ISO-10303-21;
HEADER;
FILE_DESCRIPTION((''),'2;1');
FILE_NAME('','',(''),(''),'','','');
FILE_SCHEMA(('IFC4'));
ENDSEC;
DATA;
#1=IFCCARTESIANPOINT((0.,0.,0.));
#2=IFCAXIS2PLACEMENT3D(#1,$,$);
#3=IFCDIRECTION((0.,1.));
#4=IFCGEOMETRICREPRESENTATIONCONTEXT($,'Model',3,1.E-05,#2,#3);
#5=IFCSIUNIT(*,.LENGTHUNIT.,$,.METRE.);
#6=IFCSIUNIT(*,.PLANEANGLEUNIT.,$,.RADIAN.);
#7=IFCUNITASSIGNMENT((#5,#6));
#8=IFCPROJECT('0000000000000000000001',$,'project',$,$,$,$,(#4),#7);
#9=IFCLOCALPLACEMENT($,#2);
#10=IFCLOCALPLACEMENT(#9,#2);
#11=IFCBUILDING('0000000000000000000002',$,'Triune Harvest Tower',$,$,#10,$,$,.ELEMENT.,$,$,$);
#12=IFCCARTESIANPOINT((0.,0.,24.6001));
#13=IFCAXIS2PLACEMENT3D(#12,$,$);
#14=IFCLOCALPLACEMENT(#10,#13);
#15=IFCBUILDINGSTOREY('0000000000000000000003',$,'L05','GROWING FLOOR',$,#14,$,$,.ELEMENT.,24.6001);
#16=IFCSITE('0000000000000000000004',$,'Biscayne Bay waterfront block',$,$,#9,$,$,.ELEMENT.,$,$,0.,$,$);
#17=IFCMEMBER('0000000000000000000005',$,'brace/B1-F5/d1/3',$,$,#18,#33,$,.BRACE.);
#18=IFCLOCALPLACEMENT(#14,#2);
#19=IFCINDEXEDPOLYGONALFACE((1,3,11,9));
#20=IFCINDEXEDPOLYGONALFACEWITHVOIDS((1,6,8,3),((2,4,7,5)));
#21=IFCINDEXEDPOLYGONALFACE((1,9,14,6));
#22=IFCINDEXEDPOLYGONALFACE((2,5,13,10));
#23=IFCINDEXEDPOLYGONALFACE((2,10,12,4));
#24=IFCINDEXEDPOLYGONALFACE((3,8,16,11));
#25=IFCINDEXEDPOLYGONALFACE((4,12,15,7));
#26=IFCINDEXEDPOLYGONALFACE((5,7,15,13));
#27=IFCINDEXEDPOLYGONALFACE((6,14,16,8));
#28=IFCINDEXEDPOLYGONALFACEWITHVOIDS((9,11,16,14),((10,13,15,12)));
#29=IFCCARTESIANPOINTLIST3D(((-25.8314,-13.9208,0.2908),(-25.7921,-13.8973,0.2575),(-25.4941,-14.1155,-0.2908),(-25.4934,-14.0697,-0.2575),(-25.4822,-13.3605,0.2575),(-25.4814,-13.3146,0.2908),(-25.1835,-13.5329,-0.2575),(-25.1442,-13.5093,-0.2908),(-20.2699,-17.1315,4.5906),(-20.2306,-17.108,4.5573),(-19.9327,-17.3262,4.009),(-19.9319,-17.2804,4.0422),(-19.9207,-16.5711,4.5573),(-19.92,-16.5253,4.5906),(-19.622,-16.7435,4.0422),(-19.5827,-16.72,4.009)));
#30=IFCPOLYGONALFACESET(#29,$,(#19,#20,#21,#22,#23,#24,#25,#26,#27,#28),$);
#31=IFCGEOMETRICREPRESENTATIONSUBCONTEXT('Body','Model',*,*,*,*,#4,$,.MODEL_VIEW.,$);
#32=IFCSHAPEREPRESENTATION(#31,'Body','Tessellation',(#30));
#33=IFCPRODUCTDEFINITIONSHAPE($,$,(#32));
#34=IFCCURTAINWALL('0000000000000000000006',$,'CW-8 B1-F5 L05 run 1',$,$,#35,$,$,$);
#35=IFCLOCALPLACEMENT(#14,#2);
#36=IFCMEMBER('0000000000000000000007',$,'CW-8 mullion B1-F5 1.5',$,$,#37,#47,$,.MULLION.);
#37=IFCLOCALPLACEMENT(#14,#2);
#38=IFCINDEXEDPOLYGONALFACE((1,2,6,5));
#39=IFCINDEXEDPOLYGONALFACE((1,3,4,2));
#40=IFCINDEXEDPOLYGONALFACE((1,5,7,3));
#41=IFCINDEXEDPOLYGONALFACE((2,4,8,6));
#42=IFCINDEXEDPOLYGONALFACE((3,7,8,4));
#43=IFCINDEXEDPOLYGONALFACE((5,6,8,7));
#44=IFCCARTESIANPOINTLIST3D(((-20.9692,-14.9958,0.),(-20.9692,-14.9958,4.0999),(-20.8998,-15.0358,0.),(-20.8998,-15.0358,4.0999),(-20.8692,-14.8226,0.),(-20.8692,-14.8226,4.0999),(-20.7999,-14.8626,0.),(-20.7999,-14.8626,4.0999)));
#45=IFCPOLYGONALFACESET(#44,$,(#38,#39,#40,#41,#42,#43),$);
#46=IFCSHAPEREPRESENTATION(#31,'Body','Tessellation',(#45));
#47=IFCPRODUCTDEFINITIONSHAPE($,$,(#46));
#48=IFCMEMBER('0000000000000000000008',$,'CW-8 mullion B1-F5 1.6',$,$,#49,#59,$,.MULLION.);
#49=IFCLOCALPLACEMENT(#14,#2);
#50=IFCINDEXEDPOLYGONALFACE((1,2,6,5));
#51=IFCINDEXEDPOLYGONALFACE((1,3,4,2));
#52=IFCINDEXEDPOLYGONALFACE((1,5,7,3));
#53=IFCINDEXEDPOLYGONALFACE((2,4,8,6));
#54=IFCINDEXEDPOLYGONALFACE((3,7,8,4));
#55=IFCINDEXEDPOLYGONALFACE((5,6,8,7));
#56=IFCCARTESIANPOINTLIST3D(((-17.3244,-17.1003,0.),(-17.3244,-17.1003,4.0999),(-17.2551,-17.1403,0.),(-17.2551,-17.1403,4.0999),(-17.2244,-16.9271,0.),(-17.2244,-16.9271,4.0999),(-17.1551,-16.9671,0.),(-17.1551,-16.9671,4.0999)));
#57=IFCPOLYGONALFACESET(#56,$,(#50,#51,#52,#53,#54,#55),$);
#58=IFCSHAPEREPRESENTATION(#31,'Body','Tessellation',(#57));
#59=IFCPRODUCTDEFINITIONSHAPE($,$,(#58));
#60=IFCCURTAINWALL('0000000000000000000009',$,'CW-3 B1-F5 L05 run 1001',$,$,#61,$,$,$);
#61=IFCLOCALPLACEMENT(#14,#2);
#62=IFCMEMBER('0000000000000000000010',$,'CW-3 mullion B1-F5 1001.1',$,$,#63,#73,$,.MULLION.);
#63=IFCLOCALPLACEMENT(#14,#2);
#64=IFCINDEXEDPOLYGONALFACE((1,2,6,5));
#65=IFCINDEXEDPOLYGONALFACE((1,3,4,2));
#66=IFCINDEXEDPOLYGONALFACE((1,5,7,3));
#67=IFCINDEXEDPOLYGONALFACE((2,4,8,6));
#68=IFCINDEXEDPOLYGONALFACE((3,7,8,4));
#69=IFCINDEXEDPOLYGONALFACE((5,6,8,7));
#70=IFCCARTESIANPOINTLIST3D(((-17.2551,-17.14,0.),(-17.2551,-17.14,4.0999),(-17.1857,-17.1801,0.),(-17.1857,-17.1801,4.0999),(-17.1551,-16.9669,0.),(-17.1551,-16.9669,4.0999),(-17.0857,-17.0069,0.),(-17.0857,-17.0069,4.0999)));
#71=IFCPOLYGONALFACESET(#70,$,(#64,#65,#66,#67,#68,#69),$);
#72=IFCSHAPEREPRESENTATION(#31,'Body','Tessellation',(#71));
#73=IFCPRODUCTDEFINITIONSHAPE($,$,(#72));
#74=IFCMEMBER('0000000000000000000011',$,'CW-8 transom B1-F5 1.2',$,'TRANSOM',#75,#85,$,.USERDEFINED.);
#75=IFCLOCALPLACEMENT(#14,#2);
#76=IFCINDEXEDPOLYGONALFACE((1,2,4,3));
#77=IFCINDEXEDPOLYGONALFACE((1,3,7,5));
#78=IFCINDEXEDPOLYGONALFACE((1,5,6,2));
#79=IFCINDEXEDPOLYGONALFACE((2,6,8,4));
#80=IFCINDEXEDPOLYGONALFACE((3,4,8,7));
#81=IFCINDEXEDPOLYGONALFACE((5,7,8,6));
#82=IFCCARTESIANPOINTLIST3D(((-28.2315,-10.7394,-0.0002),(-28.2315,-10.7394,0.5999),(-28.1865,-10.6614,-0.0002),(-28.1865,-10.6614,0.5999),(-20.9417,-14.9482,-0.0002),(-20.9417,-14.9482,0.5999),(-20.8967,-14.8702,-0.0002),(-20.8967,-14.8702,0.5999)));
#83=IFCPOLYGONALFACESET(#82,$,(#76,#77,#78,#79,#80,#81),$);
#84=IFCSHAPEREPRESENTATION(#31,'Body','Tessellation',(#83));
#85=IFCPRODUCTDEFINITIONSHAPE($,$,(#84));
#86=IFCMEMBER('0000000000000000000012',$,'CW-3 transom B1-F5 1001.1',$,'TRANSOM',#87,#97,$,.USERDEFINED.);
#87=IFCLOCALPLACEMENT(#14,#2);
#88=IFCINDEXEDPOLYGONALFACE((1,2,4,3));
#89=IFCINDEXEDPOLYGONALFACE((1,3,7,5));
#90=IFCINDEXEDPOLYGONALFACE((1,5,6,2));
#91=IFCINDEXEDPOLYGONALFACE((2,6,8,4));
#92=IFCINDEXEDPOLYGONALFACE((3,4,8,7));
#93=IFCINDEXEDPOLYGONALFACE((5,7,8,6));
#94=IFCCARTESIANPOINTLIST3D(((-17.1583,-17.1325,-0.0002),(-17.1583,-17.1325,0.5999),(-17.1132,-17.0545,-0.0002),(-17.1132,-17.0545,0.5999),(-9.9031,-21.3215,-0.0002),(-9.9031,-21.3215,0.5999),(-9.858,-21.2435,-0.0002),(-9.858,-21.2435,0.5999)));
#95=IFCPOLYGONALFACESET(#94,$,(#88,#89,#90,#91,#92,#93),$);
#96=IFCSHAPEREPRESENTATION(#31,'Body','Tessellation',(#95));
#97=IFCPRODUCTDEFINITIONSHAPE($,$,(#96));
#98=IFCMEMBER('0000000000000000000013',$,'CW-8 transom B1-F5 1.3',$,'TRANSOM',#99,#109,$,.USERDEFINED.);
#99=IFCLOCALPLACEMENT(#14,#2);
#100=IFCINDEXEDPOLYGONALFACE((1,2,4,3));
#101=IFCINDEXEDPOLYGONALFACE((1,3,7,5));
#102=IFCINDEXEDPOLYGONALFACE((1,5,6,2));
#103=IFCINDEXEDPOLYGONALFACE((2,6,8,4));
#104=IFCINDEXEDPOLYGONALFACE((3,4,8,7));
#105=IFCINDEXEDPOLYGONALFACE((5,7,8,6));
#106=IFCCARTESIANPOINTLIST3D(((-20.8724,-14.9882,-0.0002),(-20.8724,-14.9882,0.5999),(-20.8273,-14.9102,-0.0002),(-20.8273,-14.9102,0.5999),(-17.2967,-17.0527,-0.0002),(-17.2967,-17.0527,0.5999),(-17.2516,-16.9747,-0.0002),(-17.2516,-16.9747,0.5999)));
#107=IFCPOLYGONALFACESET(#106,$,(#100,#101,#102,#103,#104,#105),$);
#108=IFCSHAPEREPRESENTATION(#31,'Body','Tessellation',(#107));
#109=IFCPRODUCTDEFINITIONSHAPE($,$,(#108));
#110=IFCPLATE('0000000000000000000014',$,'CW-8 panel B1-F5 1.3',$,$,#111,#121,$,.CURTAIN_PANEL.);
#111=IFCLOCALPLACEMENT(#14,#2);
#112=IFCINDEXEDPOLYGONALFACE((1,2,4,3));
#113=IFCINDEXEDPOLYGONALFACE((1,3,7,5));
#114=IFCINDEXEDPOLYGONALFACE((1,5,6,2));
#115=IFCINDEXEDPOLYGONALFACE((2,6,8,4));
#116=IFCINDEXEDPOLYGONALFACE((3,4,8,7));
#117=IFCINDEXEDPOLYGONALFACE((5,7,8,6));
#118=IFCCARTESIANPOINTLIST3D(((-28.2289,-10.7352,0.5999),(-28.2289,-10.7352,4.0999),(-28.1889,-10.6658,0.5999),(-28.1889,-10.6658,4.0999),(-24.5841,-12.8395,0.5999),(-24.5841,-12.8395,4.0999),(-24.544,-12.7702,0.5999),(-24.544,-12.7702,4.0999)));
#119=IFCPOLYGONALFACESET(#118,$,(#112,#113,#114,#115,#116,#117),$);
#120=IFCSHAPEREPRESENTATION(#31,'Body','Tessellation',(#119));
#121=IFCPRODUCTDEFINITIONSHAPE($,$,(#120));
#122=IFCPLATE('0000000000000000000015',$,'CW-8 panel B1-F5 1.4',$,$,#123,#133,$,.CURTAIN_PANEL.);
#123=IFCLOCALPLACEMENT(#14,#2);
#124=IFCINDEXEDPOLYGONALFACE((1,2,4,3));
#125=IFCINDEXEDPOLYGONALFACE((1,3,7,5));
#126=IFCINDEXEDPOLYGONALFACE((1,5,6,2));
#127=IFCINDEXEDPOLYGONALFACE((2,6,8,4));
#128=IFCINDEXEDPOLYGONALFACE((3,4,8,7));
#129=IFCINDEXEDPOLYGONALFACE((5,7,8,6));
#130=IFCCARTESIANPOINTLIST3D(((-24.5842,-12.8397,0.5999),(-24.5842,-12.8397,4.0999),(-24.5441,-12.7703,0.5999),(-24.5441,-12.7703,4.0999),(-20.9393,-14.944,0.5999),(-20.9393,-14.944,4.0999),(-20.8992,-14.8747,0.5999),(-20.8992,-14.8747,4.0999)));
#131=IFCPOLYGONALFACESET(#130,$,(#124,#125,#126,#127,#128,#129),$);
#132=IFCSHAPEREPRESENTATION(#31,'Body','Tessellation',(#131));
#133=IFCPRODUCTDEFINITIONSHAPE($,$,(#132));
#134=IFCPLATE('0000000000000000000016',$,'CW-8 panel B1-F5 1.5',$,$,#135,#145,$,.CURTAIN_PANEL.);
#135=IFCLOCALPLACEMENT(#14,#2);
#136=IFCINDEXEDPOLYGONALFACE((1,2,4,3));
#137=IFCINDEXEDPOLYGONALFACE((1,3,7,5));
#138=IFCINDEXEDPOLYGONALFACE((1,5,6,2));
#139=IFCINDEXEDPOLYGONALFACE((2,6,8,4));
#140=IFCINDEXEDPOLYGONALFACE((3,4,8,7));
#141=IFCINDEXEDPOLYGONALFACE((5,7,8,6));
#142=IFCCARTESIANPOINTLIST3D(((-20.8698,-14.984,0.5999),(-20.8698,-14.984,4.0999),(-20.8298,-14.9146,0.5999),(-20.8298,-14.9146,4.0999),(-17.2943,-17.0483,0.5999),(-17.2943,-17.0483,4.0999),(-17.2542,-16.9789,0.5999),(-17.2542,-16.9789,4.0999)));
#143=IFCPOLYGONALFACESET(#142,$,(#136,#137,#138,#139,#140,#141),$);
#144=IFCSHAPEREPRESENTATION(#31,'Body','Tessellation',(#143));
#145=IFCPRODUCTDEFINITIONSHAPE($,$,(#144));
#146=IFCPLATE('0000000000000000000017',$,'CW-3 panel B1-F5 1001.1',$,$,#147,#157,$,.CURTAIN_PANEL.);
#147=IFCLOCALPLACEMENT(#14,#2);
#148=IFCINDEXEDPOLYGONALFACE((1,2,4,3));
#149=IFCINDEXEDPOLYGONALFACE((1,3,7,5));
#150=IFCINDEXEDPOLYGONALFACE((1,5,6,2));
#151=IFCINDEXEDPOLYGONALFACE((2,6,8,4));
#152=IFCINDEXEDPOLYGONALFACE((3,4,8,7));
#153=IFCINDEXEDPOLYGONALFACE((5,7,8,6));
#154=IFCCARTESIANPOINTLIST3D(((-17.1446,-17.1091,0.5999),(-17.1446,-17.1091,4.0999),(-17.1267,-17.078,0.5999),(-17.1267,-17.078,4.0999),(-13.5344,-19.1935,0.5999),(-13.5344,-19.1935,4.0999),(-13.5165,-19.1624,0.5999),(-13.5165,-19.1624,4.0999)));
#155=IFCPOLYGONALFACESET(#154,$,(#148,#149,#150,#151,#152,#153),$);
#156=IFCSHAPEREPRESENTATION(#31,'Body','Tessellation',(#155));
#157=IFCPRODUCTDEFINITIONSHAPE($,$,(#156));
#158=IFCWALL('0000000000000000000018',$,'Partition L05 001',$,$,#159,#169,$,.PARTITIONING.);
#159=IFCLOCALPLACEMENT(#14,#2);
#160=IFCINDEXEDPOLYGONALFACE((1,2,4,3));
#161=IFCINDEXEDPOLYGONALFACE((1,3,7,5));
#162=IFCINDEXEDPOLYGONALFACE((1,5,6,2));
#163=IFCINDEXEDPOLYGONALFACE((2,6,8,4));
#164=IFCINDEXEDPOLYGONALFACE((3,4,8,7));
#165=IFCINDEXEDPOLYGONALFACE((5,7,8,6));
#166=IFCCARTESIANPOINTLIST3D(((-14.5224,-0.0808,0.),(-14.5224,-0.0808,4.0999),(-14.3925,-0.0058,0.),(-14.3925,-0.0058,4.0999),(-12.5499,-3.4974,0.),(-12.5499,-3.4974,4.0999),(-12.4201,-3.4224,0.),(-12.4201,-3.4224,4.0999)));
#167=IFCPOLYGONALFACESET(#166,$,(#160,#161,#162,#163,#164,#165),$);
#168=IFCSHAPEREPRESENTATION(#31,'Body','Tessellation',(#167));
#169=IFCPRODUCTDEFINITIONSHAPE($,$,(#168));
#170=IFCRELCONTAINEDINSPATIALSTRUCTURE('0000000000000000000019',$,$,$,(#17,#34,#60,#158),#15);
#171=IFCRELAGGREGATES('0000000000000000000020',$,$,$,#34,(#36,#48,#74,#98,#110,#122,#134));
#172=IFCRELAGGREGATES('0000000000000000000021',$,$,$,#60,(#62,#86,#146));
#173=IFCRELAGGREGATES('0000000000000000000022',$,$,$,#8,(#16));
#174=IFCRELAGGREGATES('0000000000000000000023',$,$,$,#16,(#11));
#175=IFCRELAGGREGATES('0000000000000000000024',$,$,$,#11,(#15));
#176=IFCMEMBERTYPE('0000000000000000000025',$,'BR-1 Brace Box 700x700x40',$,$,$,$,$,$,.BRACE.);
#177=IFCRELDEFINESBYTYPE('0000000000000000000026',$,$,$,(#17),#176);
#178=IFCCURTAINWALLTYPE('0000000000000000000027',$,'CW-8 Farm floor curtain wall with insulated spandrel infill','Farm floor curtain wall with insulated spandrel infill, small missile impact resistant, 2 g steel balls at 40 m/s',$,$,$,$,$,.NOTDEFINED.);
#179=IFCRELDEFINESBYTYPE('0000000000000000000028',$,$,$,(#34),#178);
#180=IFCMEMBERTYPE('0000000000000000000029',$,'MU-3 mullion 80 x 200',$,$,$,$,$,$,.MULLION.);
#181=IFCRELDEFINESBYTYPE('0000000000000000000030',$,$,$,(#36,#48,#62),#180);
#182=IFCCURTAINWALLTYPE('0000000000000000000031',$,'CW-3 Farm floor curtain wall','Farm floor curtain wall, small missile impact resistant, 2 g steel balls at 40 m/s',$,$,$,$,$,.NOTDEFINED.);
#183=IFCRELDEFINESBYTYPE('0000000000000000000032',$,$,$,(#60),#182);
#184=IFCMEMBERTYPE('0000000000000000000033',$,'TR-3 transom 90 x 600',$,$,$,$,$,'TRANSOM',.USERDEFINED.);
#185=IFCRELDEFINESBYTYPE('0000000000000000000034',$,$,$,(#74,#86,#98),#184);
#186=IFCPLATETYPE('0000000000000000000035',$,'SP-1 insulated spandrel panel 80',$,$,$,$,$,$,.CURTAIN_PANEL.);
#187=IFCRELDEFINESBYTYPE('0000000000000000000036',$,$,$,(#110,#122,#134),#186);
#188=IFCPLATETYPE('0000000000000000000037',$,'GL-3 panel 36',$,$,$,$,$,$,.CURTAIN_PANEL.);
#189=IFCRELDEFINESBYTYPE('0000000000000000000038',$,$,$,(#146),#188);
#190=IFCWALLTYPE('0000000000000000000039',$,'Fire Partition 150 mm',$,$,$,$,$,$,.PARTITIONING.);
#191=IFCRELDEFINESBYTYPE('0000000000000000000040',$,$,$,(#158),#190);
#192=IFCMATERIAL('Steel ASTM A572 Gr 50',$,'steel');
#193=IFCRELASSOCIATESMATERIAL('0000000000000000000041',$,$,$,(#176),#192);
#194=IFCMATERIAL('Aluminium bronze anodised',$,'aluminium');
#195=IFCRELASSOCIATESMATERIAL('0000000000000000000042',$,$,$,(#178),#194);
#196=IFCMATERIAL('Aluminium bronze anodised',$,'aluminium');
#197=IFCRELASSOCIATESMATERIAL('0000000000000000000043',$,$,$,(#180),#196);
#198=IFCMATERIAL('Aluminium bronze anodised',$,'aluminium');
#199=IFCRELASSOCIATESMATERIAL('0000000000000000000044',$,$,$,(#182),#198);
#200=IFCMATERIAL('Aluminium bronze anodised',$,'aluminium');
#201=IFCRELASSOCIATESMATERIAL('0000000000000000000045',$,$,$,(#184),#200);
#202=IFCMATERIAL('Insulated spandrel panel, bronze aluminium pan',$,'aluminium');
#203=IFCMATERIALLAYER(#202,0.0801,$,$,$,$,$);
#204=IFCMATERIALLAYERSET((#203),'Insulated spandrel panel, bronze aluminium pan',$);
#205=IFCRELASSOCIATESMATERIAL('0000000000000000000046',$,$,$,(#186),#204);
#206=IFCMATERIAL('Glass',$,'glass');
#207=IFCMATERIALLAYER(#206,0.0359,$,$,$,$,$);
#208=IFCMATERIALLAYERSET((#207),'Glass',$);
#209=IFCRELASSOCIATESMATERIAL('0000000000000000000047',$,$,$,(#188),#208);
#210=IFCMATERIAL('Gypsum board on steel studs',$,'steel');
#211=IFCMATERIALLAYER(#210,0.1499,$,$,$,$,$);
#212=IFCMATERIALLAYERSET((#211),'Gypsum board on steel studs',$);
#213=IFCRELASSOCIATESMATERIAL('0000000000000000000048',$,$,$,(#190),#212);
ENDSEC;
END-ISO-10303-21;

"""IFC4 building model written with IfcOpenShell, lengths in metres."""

from ifc_helpers import new_model, si_unit, direction, frame, frame_2d, origin, origin_2d, place, context, subcontext, project, spatial, rectangle, hollow_rectangle, extrude, source, transform, mapped, material, layer, layer_set, material_profile, profile_set, type_object, element, aggregate, save


model = new_model("IFC4")

# Units and contexts
model_context = context("Model", 3, precision=1e-05, world=origin(), true_north=direction((0.0, 1.0)))
body_context = subcontext(model_context, "Body", "Model", "MODEL_VIEW")
ifc_project = project(units=[si_unit("LENGTHUNIT", "METRE"), si_unit("PLANEANGLEUNIT", "RADIAN")], contexts=[model_context])

# Site, building, storey
site_placement = place(None, origin())
site = spatial("IfcSite", under=ifc_project, at=site_placement, Name="Biscayne Bay waterfront block", CompositionType="ELEMENT", RefElevation=0.0)
building_placement = place(site_placement, origin())
building = spatial("IfcBuilding", under=site, at=building_placement, Name="Triune Harvest Tower", CompositionType="ELEMENT")
storey_placement = place(building_placement, frame((0.0, 0.0, 24.6001)))
storey = spatial("IfcBuildingStorey", under=building, at=storey_placement, Name="L05", Description="GROWING FLOOR", CompositionType="ELEMENT", Elevation=24.6001)

# Member
ifc_material_1 = material(Name="Steel ASTM A572 Gr 50", Category="steel")
ifc_material_profile_1 = material_profile(ifc_material_1, hollow_rectangle(XDim=0.7, YDim=0.7, WallThickness=0.04, at=origin_2d()), Name="Box 700x700x40")
ifc_profile_set_1 = profile_set([ifc_material_profile_1], Name="Steel ASTM A572 Gr 50")
member_type_1 = type_object("IfcMemberType", Name="BR-1 Brace Box 700x700x40", PredefinedType="BRACE", material=ifc_profile_set_1)
shared_shape_1 = source(origin(), body_context, "Body", "SweptSolid", [
    extrude(hollow_rectangle(XDim=0.7, YDim=0.7, WallThickness=0.04, at=origin_2d()), origin(), (0.0, 0.0, 1.0), 7.7283),
])
member_1_placement = place(storey_placement, frame((-25.4878, -13.7151, 0.0), z_axis=(0.719626, -0.415444, 0.556368), x_axis=(0.49997, 0.866043, 0.0)))
element("IfcMember", 1, at=member_1_placement, inside=storey, type_object=member_type_1, Name="brace/B1-F5/d1/3", PredefinedType="BRACE", context=body_context, shape_type="MappedRepresentation", body=[
    mapped(shared_shape_1, transform((0.0, 0.0, 0.0), scale=1.0)),
])

# Curtain wall, members
ifc_material_2 = material(Name="Aluminium bronze anodised", Category="aluminium")
curtain_wall_type_1 = type_object("IfcCurtainWallType", Name="CW-8 Farm floor curtain wall with insulated spandrel infill", Description="Farm floor curtain wall with insulated spandrel infill, small missile impact resistant, 2 g steel balls at 40 m/s", PredefinedType="NOTDEFINED", material=ifc_material_2)
curtain_wall_1_placement = place(storey_placement, origin())
curtain_wall_1 = element("IfcCurtainWall", 2, at=curtain_wall_1_placement, inside=storey, type_object=curtain_wall_type_1, Name="CW-8 B1-F5 L05 run 1")
ifc_material_3 = material(Name="Aluminium bronze anodised", Category="aluminium")
ifc_material_profile_2 = material_profile(ifc_material_3, rectangle(XDim=0.2, YDim=0.0801, at=origin_2d()), Name="MU-3 mullion 80 x 200")
ifc_profile_set_2 = profile_set([ifc_material_profile_2], Name="Aluminium bronze anodised")
member_type_2 = type_object("IfcMemberType", Name="MU-3 mullion 80 x 200", PredefinedType="MULLION", material=ifc_profile_set_2)
shared_shape_2 = source(origin(), body_context, "Body", "SweptSolid", [
    extrude(rectangle(XDim=0.2, YDim=0.0801, at=origin_2d()), origin(), (0.0, 0.0, 1.0), 4.0999),
])
member_2_placement = place(storey_placement, frame((-20.8845, -14.9292, 0.0), z_axis=(0.0, 0.0, 1.0), x_axis=(0.499999, 0.866026, 0.0)))
member_2 = element("IfcMember", 3, at=member_2_placement, type_object=member_type_2, Name="CW-8 mullion B1-F5 1.5", PredefinedType="MULLION", context=body_context, shape_type="MappedRepresentation", body=[
    mapped(shared_shape_2, transform((0.0, 0.0, 0.0), scale=1.0)),
])
member_3_placement = place(storey_placement, frame((-17.2397, -17.0337, 0.0), z_axis=(0.0, 0.0, 1.0), x_axis=(0.499999, 0.866026, 0.0)))
member_3 = element("IfcMember", 4, at=member_3_placement, type_object=member_type_2, Name="CW-8 mullion B1-F5 1.6", PredefinedType="MULLION", context=body_context, shape_type="MappedRepresentation", body=[
    mapped(shared_shape_2, transform((0.0, 0.0, 0.0), scale=1.0)),
])

# Curtain wall, member
ifc_material_4 = material(Name="Aluminium bronze anodised", Category="aluminium")
curtain_wall_type_2 = type_object("IfcCurtainWallType", Name="CW-3 Farm floor curtain wall", Description="Farm floor curtain wall, small missile impact resistant, 2 g steel balls at 40 m/s", PredefinedType="NOTDEFINED", material=ifc_material_4)
curtain_wall_2_placement = place(storey_placement, origin())
curtain_wall_2 = element("IfcCurtainWall", 5, at=curtain_wall_2_placement, inside=storey, type_object=curtain_wall_type_2, Name="CW-3 B1-F5 L05 run 1001")
member_4_placement = place(storey_placement, frame((-17.1704, -17.0735, 0.0), z_axis=(0.0, 0.0, 1.0), x_axis=(0.5, 0.866025, 0.0)))
member_4 = element("IfcMember", 6, at=member_4_placement, type_object=member_type_2, Name="CW-3 mullion B1-F5 1001.1", PredefinedType="MULLION", context=body_context, shape_type="MappedRepresentation", body=[
    mapped(shared_shape_2, transform((0.0, 0.0, 0.0), scale=1.0)),
])

# Members
ifc_material_5 = material(Name="Aluminium bronze anodised", Category="aluminium")
ifc_material_profile_3 = material_profile(ifc_material_5, rectangle(XDim=0.0901, YDim=0.6001, at=origin_2d()), Name="TR-3 transom 90 x 600")
ifc_profile_set_3 = profile_set([ifc_material_profile_3], Name="Aluminium bronze anodised")
member_type_3 = type_object("IfcMemberType", Name="TR-3 transom 90 x 600", ElementType="TRANSOM", PredefinedType="USERDEFINED", material=ifc_profile_set_3)
shared_shape_3 = source(origin(), body_context, "Body", "SweptSolid", [
    extrude(rectangle(XDim=0.0901, YDim=0.6001, at=origin_2d()), origin(), (0.0, 0.0, 1.0), 8.4175),
])
member_5_placement = place(storey_placement, frame((-28.209, -10.7004, 0.2998), z_axis=(0.866027, -0.499998, 0.0), x_axis=(0.499998, 0.866027, 0.0)))
member_5 = element("IfcMember", 7, at=member_5_placement, type_object=member_type_3, Name="CW-8 transom B1-F5 1.2", ObjectType="TRANSOM", PredefinedType="USERDEFINED", context=body_context, shape_type="MappedRepresentation", body=[
    mapped(shared_shape_3, transform((0.0, 0.0, 0.0), scale=1.0)),
])
shared_shape_4 = source(origin(), body_context, "Body", "SweptSolid", [
    extrude(rectangle(XDim=0.0901, YDim=0.6001, at=origin_2d()), origin(), (0.0, 0.0, 1.0), 8.3777),
])
member_6_placement = place(storey_placement, frame((-17.1357, -17.0935, 0.2998), z_axis=(0.866014, -0.500019, 0.0), x_axis=(0.500019, 0.866014, 0.0)))
member_6 = element("IfcMember", 8, at=member_6_placement, type_object=member_type_3, Name="CW-3 transom B1-F5 1001.1", ObjectType="TRANSOM", PredefinedType="USERDEFINED", context=body_context, shape_type="MappedRepresentation", body=[
    mapped(shared_shape_4, transform((0.0, 0.0, 0.0), scale=1.0)),
])
shared_shape_5 = source(origin(), body_context, "Body", "SweptSolid", [
    extrude(rectangle(XDim=0.0901, YDim=0.6001, at=origin_2d()), origin(), (0.0, 0.0, 1.0), 4.1289),
])
member_7_placement = place(storey_placement, frame((-20.8499, -14.9492, 0.2998), z_axis=(0.866022, -0.500006, 0.0), x_axis=(0.500006, 0.866022, 0.0)))
member_7 = element("IfcMember", 9, at=member_7_placement, type_object=member_type_3, Name="CW-8 transom B1-F5 1.3", ObjectType="TRANSOM", PredefinedType="USERDEFINED", context=body_context, shape_type="MappedRepresentation", body=[
    mapped(shared_shape_5, transform((0.0, 0.0, 0.0), scale=1.0)),
])

# Plates
ifc_material_6 = material(Name="Insulated spandrel panel, bronze aluminium pan", Category="aluminium")
ifc_layer_1 = layer(ifc_material_6, 0.0801)
ifc_layer_set_1 = layer_set([ifc_layer_1], Name="Insulated spandrel panel, bronze aluminium pan")
plate_type_1 = type_object("IfcPlateType", Name="SP-1 insulated spandrel panel 80", PredefinedType="CURTAIN_PANEL", material=ifc_layer_set_1)
shared_shape_6 = source(origin(), body_context, "Body", "SweptSolid", [
    extrude(rectangle(XDim=4.2087, YDim=0.0801, at=origin_2d()), origin(), (0.0, 0.0, 1.0), 3.5),
])
plate_1_placement = place(storey_placement, frame((-26.3865, -11.7527, 0.5999), z_axis=(0.0, 0.0, 1.0), x_axis=(0.866026, -0.499999, 0.0)))
plate_1 = element("IfcPlate", 10, at=plate_1_placement, type_object=plate_type_1, Name="CW-8 panel B1-F5 1.3", PredefinedType="CURTAIN_PANEL", context=body_context, shape_type="MappedRepresentation", body=[
    mapped(shared_shape_6, transform((0.0, 0.0, 0.0), scale=1.0)),
])
plate_2_placement = place(storey_placement, frame((-22.7417, -13.8572, 0.5999), z_axis=(0.0, 0.0, 1.0), x_axis=(0.866026, -0.499999, 0.0)))
plate_2 = element("IfcPlate", 11, at=plate_2_placement, type_object=plate_type_1, Name="CW-8 panel B1-F5 1.4", PredefinedType="CURTAIN_PANEL", context=body_context, shape_type="MappedRepresentation", body=[
    mapped(shared_shape_6, transform((0.0, 0.0, 0.0), scale=1.0)),
])
shared_shape_7 = source(origin(), body_context, "Body", "SweptSolid", [
    extrude(rectangle(XDim=4.1287, YDim=0.0801, at=origin_2d()), origin(), (0.0, 0.0, 1.0), 3.5),
])
plate_3_placement = place(storey_placement, frame((-19.062, -15.9814, 0.5999), z_axis=(0.0, 0.0, 1.0), x_axis=(0.866026, -0.499999, 0.0)))
plate_3 = element("IfcPlate", 12, at=plate_3_placement, type_object=plate_type_1, Name="CW-8 panel B1-F5 1.5", PredefinedType="CURTAIN_PANEL", context=body_context, shape_type="MappedRepresentation", body=[
    mapped(shared_shape_7, transform((0.0, 0.0, 0.0), scale=1.0)),
])
aggregate(curtain_wall_1, [member_2, member_3, member_5, member_7, plate_1, plate_2, plate_3])
ifc_material_7 = material(Name="Glass", Category="glass")
ifc_layer_2 = layer(ifc_material_7, 0.0359)
ifc_layer_set_2 = layer_set([ifc_layer_2], Name="Glass")
plate_type_2 = type_object("IfcPlateType", Name="GL-3 panel 36", PredefinedType="CURTAIN_PANEL", material=ifc_layer_set_2)
shared_shape_8 = source(origin(), body_context, "Body", "SweptSolid", [
    extrude(rectangle(XDim=4.1687, YDim=0.0359, at=origin_2d()), origin(), (0.0, 0.0, 1.0), 3.5),
])
plate_4_placement = place(storey_placement, frame((-15.3306, -18.1357, 0.5999), z_axis=(0.0, 0.0, 1.0), x_axis=(0.866025, -0.5, 0.0)))
plate_4 = element("IfcPlate", 13, at=plate_4_placement, type_object=plate_type_2, Name="CW-3 panel B1-F5 1001.1", PredefinedType="CURTAIN_PANEL", context=body_context, shape_type="MappedRepresentation", body=[
    mapped(shared_shape_8, transform((0.0, 0.0, 0.0), scale=1.0)),
])
aggregate(curtain_wall_2, [member_4, member_6, plate_4])

# Wall
ifc_material_8 = material(Name="Gypsum board on steel studs", Category="steel")
ifc_layer_3 = layer(ifc_material_8, 0.1499)
ifc_layer_set_3 = layer_set([ifc_layer_3], Name="Gypsum board on steel studs")
wall_type = type_object("IfcWallType", Name="Fire Partition 150 mm", PredefinedType="PARTITIONING", material=ifc_layer_set_3)
shared_shape_9 = source(origin(), body_context, "Body", "SweptSolid", [
    extrude(rectangle(XDim=3.9451, YDim=0.1499, at=frame_2d((1.9727, 0.0))), origin(), (0.0, 0.0, 1.0), 4.0999),
])
wall_1_placement = place(storey_placement, frame((-14.4575, -0.0432, 0.0), z_axis=(0.0, 0.0, 1.0), x_axis=(0.49998, -0.866037, 0.0)))
element("IfcWall", 14, at=wall_1_placement, inside=storey, type_object=wall_type, Name="Partition L05 001", PredefinedType="PARTITIONING", context=body_context, shape_type="MappedRepresentation", body=[
    mapped(shared_shape_9, transform((0.0, 0.0, 0.0), scale=1.0)),
])

save(model, "model.ifc")
